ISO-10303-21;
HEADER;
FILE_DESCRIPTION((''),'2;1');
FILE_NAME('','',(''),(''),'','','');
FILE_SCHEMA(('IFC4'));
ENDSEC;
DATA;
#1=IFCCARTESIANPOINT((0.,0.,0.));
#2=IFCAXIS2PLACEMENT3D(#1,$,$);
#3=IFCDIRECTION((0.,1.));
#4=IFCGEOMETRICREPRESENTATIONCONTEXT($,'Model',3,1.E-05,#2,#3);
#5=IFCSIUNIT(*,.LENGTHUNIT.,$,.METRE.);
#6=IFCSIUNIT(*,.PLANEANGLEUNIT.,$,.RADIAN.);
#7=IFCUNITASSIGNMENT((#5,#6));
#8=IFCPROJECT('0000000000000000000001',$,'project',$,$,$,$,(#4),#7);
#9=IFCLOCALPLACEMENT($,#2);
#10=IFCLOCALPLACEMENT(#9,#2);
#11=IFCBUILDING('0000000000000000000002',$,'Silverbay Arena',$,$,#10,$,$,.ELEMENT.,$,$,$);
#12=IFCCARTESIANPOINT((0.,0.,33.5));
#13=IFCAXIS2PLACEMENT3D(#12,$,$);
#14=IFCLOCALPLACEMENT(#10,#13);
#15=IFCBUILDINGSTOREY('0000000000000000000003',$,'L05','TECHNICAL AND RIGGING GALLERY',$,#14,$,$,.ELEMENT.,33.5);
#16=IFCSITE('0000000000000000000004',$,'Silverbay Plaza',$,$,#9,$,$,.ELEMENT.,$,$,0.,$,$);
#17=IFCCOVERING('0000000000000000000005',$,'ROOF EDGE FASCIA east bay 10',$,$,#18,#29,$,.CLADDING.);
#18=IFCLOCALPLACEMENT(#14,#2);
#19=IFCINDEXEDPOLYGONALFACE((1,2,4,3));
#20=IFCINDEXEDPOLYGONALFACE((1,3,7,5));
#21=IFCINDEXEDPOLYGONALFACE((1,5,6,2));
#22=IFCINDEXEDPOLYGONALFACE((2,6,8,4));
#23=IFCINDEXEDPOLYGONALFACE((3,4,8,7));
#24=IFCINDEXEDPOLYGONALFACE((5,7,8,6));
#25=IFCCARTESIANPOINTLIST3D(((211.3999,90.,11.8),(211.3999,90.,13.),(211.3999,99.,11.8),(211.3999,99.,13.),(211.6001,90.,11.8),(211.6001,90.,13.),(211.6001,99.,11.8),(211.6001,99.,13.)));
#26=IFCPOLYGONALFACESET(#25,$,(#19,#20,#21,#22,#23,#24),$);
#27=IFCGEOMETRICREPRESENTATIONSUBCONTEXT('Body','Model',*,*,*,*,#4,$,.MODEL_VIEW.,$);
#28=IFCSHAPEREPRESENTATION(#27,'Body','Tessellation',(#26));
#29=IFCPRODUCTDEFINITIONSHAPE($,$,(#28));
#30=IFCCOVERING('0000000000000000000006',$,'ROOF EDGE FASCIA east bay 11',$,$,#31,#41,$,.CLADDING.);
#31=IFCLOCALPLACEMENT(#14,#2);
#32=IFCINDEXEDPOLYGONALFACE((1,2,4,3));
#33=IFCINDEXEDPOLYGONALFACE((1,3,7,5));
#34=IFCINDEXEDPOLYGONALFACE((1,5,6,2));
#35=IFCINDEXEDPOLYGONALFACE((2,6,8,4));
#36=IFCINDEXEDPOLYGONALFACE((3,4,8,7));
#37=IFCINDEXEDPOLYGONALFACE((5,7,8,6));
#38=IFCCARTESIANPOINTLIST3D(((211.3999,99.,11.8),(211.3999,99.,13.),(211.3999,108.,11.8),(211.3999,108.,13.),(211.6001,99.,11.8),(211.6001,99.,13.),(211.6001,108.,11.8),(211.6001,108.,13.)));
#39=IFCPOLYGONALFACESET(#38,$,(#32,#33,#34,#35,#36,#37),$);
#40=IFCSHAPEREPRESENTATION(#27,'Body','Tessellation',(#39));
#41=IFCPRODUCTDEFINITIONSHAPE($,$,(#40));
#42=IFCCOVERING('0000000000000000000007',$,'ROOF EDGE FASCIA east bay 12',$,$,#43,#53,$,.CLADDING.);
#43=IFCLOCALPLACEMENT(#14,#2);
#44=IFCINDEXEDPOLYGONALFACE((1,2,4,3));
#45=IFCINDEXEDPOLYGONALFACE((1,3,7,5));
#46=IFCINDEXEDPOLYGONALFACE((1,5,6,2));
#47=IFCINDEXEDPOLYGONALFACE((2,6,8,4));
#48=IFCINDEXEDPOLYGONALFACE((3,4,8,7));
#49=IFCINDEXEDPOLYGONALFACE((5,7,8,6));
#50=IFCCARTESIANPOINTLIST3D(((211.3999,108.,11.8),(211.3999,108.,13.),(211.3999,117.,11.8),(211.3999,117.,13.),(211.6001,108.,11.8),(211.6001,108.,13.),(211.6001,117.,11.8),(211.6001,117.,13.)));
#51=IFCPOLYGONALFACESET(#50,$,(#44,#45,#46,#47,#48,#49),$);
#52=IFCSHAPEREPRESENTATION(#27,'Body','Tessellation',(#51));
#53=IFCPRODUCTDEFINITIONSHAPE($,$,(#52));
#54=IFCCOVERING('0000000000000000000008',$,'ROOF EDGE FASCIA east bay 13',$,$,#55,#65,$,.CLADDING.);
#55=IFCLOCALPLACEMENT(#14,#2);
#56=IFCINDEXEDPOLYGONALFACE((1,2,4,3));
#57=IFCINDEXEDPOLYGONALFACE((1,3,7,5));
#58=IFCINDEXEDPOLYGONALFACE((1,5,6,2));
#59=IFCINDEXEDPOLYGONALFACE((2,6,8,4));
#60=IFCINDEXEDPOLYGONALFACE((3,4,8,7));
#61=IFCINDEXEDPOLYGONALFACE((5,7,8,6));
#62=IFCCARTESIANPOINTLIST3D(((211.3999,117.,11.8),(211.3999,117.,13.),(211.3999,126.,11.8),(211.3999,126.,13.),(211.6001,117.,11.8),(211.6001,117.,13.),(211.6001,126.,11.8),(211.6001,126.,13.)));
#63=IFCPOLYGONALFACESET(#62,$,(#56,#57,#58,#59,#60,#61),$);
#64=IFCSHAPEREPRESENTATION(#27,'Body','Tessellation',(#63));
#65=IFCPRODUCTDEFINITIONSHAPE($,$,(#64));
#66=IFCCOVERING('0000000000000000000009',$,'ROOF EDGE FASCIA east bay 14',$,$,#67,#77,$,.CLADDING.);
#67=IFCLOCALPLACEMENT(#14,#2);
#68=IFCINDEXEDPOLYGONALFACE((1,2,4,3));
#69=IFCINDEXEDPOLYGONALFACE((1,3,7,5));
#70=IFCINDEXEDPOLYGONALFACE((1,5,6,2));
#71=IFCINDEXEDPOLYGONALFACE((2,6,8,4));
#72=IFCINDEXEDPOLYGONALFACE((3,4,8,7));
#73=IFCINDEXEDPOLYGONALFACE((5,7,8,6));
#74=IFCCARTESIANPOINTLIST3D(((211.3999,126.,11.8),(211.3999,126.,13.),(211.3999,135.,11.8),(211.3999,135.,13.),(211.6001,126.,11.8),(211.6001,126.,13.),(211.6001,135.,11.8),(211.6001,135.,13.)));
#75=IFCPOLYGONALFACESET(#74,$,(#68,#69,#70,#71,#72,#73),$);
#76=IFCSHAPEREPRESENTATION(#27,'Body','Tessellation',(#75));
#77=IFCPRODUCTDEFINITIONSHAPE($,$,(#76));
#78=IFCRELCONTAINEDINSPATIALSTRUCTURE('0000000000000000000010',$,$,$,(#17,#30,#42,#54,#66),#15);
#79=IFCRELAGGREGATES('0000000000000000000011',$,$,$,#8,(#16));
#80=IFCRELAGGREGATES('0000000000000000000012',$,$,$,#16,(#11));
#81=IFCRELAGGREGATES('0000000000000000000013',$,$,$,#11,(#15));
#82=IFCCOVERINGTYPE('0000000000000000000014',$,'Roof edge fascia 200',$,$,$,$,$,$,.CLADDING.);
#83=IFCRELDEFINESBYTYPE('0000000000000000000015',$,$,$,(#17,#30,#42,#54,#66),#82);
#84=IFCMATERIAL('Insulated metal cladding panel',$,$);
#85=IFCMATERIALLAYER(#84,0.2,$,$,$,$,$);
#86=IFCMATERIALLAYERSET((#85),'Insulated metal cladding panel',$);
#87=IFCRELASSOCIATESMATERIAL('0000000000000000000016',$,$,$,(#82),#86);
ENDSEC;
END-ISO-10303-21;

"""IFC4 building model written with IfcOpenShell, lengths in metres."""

from ifc_helpers import new_model, si_unit, direction, frame, origin, place, context, subcontext, project, spatial, polyline, outline, extrude, material, layer, layer_set, type_object, element, save


model = new_model("IFC4")

# Units and contexts
model_context = context("Model", 3, precision=1e-05, world=origin(), true_north=direction((0.0, 1.0)))
body_context = subcontext(model_context, "Body", "Model", "MODEL_VIEW")
ifc_project = project(units=[si_unit("LENGTHUNIT", "METRE"), si_unit("PLANEANGLEUNIT", "RADIAN")], contexts=[model_context])

# Site, building, storey
site_placement = place(None, origin())
site = spatial("IfcSite", under=ifc_project, at=site_placement, Name="Silverbay Plaza", CompositionType="ELEMENT", RefElevation=0.0)
building_placement = place(site_placement, origin())
building = spatial("IfcBuilding", under=site, at=building_placement, Name="Silverbay Arena", CompositionType="ELEMENT")
storey_placement = place(building_placement, frame((0.0, 0.0, 33.5)))
storey = spatial("IfcBuildingStorey", under=building, at=storey_placement, Name="L05", Description="TECHNICAL AND RIGGING GALLERY", CompositionType="ELEMENT", Elevation=33.5)

# Coverings
ifc_material = material(Name="Insulated metal cladding panel")
ifc_layer = layer(ifc_material, 0.2)
ifc_layer_set = layer_set([ifc_layer], Name="Insulated metal cladding panel")
covering_type = type_object("IfcCoveringType", Name="Roof edge fascia 200", PredefinedType="CLADDING", material=ifc_layer_set)
covering_1_placement = place(storey_placement, frame((0.0, 0.0, 11.8)))
element("IfcCovering", 1, at=covering_1_placement, inside=storey, type_object=covering_type, Name="ROOF EDGE FASCIA east bay 10", PredefinedType="CLADDING", context=body_context, shape_type="SweptSolid", body=[
    extrude(outline(polyline([(211.3999, 90.0), (211.6001, 90.0), (211.6001, 99.0), (211.3999, 99.0), (211.3999, 90.0)])), origin(), (0.0, 0.0, 1.0), 1.2),
])
covering_2_placement = place(storey_placement, frame((0.0, 0.0, 11.8)))
element("IfcCovering", 2, at=covering_2_placement, inside=storey, type_object=covering_type, Name="ROOF EDGE FASCIA east bay 11", PredefinedType="CLADDING", context=body_context, shape_type="SweptSolid", body=[
    extrude(outline(polyline([(211.3999, 99.0), (211.6001, 99.0), (211.6001, 108.0), (211.3999, 108.0), (211.3999, 99.0)])), origin(), (0.0, 0.0, 1.0), 1.2),
])
covering_3_placement = place(storey_placement, frame((0.0, 0.0, 11.8)))
element("IfcCovering", 3, at=covering_3_placement, inside=storey, type_object=covering_type, Name="ROOF EDGE FASCIA east bay 12", PredefinedType="CLADDING", context=body_context, shape_type="SweptSolid", body=[
    extrude(outline(polyline([(211.3999, 108.0), (211.6001, 108.0), (211.6001, 117.0), (211.3999, 117.0), (211.3999, 108.0)])), origin(), (0.0, 0.0, 1.0), 1.2),
])
covering_4_placement = place(storey_placement, frame((0.0, 0.0, 11.8)))
element("IfcCovering", 4, at=covering_4_placement, inside=storey, type_object=covering_type, Name="ROOF EDGE FASCIA east bay 13", PredefinedType="CLADDING", context=body_context, shape_type="SweptSolid", body=[
    extrude(outline(polyline([(211.3999, 117.0), (211.6001, 117.0), (211.6001, 126.0), (211.3999, 126.0), (211.3999, 117.0)])), origin(), (0.0, 0.0, 1.0), 1.2),
])
covering_5_placement = place(storey_placement, frame((0.0, 0.0, 11.8)))
element("IfcCovering", 5, at=covering_5_placement, inside=storey, type_object=covering_type, Name="ROOF EDGE FASCIA east bay 14", PredefinedType="CLADDING", context=body_context, shape_type="SweptSolid", body=[
    extrude(outline(polyline([(211.3999, 126.0), (211.6001, 126.0), (211.6001, 135.0), (211.3999, 135.0), (211.3999, 126.0)])), origin(), (0.0, 0.0, 1.0), 1.2),
])

save(model, "model.ifc")
